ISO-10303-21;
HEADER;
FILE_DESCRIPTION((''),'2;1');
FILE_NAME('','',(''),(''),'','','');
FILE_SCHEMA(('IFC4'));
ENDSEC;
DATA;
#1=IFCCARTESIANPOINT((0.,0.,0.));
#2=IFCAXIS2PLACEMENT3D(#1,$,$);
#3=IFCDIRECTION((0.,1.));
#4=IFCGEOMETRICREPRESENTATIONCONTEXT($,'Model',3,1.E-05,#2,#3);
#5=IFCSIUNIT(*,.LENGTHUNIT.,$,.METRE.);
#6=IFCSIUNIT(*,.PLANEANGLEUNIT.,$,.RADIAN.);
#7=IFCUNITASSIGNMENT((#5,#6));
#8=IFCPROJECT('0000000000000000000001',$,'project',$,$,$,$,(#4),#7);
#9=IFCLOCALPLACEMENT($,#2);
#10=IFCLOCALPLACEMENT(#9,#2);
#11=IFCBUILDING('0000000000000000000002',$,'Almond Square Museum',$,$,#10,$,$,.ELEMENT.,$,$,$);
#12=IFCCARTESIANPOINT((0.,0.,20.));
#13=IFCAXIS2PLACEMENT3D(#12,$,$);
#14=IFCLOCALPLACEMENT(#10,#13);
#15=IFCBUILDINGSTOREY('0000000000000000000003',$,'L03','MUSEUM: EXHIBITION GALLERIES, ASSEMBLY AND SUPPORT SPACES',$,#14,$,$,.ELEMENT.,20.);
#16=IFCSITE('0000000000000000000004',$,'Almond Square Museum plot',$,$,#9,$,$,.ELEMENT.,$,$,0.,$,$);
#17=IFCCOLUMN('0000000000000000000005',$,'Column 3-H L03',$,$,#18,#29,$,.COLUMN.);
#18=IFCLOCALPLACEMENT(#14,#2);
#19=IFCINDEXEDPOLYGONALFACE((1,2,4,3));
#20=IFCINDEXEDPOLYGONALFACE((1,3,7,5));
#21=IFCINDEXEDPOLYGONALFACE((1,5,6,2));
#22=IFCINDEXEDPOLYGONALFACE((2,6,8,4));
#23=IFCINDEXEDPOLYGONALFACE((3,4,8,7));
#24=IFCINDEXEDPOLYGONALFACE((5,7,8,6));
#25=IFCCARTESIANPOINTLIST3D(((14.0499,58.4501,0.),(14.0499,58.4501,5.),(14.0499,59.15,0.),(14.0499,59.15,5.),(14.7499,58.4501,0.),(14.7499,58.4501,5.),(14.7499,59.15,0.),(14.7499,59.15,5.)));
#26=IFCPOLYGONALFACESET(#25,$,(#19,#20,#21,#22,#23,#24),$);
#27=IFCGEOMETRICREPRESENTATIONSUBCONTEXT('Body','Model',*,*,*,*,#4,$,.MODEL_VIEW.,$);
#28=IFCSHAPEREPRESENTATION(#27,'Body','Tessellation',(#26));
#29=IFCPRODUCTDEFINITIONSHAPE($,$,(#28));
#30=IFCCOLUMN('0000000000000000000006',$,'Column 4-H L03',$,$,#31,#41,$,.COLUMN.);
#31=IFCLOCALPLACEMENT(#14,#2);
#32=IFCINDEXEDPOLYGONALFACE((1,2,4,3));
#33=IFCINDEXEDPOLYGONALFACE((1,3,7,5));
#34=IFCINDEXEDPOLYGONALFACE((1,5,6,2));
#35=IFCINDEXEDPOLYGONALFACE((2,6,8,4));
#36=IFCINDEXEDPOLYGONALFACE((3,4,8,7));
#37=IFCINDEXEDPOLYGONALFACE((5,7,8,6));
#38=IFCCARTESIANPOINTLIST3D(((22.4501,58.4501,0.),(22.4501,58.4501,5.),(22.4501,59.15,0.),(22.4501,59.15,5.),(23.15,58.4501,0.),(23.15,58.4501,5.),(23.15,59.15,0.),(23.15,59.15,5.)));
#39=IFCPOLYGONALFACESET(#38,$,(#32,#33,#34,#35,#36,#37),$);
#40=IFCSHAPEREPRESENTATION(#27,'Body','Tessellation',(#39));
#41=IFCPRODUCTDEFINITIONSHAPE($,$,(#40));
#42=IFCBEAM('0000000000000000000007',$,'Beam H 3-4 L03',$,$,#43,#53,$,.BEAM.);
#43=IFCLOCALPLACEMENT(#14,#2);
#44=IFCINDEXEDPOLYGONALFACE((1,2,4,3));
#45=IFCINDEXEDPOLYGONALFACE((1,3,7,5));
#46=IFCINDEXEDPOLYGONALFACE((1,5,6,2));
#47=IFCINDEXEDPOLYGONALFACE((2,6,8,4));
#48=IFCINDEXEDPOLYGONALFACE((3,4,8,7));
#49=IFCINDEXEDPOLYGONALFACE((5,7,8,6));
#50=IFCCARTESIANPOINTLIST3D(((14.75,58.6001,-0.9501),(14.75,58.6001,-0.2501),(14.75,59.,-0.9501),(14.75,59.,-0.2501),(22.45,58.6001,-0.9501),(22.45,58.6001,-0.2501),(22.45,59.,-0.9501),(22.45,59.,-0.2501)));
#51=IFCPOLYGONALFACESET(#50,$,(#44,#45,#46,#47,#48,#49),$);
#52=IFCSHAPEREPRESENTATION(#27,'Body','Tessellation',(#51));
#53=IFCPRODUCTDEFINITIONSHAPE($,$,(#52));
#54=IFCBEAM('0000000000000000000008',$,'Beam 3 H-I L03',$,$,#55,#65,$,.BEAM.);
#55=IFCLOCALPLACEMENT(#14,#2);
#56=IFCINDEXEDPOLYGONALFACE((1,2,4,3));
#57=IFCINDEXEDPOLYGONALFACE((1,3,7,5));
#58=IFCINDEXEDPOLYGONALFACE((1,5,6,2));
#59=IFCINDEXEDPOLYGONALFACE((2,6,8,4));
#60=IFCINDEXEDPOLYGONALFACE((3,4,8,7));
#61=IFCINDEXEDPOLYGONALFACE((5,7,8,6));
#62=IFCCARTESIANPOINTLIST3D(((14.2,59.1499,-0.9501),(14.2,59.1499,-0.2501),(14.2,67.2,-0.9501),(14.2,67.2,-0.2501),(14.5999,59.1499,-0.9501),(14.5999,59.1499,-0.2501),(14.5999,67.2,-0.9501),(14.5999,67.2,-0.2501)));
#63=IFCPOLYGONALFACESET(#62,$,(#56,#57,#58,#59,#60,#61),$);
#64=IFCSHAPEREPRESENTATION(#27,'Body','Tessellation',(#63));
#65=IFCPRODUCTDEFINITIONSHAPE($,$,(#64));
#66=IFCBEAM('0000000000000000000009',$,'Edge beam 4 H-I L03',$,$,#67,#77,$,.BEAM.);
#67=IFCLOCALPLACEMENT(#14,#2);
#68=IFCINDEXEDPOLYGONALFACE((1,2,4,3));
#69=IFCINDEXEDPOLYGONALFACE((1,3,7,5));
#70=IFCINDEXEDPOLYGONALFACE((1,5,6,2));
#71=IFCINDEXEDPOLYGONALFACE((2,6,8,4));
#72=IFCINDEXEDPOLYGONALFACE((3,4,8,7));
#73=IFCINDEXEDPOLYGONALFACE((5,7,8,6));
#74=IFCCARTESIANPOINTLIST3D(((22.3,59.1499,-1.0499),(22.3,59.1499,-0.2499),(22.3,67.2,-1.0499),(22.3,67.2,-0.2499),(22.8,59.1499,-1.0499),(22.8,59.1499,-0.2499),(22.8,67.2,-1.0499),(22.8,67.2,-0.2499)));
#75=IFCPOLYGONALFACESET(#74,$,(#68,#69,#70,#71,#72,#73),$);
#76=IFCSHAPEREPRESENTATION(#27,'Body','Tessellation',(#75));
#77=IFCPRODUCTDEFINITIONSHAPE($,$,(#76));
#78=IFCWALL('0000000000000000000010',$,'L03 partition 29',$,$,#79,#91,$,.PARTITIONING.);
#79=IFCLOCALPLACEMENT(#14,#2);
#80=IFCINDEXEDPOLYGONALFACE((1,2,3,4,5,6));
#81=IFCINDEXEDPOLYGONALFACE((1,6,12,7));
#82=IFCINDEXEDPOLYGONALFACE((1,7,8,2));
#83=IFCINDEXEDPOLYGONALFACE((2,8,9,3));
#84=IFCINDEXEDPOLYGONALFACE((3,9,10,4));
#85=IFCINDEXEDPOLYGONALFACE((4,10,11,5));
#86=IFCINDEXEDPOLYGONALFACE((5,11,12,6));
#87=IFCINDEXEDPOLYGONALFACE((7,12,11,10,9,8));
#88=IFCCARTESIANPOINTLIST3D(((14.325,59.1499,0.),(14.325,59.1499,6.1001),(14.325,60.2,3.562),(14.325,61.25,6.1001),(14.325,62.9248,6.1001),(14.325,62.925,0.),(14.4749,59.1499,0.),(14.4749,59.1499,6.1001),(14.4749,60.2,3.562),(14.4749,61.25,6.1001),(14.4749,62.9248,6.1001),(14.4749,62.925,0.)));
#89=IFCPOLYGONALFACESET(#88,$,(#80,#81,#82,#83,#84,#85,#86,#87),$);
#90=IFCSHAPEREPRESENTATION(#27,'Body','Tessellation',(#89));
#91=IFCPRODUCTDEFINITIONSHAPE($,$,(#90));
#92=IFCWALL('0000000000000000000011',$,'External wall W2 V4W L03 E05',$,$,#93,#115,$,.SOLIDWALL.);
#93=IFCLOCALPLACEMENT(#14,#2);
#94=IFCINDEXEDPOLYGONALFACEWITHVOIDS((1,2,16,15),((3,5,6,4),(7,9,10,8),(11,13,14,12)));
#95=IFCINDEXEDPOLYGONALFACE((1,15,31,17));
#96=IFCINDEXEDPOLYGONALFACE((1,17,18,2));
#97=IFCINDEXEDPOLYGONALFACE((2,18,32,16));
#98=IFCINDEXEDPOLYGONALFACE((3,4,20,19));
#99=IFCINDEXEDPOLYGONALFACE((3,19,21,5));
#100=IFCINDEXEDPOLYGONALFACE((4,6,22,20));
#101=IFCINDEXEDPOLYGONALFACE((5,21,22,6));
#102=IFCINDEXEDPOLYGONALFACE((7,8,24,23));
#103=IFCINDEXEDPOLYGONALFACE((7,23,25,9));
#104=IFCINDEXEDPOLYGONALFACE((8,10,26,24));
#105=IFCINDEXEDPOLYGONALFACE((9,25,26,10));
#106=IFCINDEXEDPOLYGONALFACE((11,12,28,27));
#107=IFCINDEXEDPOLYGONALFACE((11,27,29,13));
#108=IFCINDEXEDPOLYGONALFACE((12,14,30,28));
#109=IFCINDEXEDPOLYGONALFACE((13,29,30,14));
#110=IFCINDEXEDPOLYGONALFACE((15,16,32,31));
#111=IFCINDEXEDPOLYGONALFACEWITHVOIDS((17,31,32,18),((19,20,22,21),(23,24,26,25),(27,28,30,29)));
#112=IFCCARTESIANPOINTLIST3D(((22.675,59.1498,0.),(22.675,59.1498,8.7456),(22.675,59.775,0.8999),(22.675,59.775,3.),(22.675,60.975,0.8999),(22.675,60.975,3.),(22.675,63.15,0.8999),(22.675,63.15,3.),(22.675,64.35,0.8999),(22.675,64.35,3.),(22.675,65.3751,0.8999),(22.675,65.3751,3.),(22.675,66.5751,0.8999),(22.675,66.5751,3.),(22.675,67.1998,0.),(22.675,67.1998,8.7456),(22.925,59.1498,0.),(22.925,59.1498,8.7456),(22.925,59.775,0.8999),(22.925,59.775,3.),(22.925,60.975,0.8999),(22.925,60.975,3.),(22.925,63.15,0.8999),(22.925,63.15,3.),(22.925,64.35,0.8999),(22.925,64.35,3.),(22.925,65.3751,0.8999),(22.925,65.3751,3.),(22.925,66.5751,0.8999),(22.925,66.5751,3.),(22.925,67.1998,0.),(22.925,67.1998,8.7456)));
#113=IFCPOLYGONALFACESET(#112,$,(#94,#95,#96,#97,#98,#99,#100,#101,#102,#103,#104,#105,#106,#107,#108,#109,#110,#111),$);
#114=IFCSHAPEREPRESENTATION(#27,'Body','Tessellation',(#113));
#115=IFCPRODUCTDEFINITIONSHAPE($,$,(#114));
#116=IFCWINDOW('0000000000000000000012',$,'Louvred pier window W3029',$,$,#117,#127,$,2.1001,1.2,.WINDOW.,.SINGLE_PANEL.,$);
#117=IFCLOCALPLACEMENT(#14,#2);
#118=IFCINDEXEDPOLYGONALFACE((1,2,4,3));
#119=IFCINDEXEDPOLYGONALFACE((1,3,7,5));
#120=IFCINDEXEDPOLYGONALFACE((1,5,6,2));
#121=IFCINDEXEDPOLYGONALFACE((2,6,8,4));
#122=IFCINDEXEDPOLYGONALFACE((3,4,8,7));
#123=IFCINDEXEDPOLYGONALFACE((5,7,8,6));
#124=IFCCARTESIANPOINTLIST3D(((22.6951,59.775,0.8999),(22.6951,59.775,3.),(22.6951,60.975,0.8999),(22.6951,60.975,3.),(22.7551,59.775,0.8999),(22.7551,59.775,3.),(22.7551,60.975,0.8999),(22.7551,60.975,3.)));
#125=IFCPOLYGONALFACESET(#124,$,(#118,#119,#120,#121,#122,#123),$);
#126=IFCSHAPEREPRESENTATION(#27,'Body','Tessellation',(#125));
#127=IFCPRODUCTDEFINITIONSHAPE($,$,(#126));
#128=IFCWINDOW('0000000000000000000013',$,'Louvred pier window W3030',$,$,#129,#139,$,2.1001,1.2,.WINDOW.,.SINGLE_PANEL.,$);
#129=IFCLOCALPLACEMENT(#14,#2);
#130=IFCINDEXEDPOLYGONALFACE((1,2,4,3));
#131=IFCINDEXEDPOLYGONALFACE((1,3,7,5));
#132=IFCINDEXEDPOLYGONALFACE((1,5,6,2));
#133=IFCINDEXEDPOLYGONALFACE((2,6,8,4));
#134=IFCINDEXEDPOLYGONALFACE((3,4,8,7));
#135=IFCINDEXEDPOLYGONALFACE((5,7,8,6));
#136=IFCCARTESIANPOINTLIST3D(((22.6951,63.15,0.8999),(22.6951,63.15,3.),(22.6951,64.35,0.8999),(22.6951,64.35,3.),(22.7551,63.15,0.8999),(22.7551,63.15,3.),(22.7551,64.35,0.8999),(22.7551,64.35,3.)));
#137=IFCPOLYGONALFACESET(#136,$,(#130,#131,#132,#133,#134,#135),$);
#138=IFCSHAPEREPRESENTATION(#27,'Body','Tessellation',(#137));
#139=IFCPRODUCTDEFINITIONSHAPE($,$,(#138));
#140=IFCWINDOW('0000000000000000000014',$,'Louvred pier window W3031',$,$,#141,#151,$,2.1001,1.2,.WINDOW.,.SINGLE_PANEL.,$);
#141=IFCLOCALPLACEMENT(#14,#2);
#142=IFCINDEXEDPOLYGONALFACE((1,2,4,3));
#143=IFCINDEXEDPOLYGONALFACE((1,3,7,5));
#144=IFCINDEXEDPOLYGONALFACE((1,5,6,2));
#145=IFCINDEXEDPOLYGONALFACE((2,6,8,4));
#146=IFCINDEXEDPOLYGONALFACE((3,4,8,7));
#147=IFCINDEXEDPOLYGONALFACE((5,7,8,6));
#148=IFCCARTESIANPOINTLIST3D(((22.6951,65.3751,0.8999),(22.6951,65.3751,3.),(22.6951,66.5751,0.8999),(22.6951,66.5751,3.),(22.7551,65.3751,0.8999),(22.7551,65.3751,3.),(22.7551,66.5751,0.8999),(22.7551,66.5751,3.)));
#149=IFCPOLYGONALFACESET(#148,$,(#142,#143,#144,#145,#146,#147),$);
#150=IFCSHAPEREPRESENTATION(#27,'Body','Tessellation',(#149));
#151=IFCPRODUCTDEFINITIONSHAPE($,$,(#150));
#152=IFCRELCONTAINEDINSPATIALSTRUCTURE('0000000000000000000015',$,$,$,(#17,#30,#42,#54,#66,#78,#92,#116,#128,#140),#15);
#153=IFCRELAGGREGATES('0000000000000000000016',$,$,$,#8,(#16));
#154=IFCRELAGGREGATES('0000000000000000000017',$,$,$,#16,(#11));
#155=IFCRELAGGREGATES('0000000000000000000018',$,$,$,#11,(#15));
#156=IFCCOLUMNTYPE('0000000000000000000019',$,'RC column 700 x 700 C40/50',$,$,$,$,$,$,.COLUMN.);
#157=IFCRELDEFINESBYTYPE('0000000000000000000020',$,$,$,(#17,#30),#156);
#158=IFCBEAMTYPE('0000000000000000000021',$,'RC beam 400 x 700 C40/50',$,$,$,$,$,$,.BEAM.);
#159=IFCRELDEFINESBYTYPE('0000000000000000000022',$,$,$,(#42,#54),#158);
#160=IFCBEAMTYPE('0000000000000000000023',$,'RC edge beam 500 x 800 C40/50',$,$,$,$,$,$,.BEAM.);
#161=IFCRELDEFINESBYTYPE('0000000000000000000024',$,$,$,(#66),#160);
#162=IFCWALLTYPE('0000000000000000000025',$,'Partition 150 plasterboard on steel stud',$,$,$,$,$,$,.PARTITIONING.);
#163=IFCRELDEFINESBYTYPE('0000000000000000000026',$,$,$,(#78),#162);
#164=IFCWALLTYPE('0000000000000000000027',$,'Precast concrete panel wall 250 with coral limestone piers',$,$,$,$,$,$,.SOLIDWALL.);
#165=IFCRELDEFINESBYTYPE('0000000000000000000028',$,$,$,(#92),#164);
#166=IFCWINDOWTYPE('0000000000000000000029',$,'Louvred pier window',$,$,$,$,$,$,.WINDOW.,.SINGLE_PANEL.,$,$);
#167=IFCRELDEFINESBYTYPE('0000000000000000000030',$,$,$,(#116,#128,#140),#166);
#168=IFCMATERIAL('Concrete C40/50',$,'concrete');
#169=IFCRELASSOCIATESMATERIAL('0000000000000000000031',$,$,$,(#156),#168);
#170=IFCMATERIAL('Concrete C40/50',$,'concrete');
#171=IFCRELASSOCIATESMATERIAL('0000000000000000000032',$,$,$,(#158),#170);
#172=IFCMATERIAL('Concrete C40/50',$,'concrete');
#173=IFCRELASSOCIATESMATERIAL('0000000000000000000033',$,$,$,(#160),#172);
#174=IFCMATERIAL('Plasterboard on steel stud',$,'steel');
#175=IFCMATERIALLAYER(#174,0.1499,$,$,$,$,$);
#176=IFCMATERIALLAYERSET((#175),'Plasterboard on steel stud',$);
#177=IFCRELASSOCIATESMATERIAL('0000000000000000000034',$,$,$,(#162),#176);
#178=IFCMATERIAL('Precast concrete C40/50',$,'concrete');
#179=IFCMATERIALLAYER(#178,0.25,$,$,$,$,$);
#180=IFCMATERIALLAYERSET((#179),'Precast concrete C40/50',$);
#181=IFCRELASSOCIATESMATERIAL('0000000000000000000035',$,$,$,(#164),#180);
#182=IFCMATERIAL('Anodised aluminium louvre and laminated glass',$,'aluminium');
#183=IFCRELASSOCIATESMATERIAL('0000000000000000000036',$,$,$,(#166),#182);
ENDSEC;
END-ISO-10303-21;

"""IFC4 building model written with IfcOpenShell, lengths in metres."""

from ifc_helpers import new_model, si_unit, direction, frame, frame_2d, origin, origin_2d, place, context, subcontext, project, spatial, polyline, rectangle, outline, extrude, material, layer, layer_set, material_profile, profile_set, type_object, element, fill, save


model = new_model("IFC4")

# Units and contexts
model_context = context("Model", 3, precision=1e-05, world=origin(), true_north=direction((0.0, 1.0)))
body_context = subcontext(model_context, "Body", "Model", "MODEL_VIEW")
ifc_project = project(units=[si_unit("LENGTHUNIT", "METRE"), si_unit("PLANEANGLEUNIT", "RADIAN")], contexts=[model_context])

# Site, building, storey
site_placement = place(None, origin())
site = spatial("IfcSite", under=ifc_project, at=site_placement, Name="Almond Square Museum plot", CompositionType="ELEMENT", RefElevation=0.0)
building_placement = place(site_placement, origin())
building = spatial("IfcBuilding", under=site, at=building_placement, Name="Almond Square Museum", CompositionType="ELEMENT")
storey_placement = place(building_placement, frame((0.0, 0.0, 20.0)))
storey = spatial("IfcBuildingStorey", under=building, at=storey_placement, Name="L03", Description="MUSEUM: EXHIBITION GALLERIES, ASSEMBLY AND SUPPORT SPACES", CompositionType="ELEMENT", Elevation=20.0)

# Columns
ifc_material_1 = material(Name="Concrete C40/50", Category="concrete")
ifc_material_profile_1 = material_profile(ifc_material_1, rectangle(XDim=0.7, YDim=0.7, at=origin_2d()))
ifc_profile_set_1 = profile_set([ifc_material_profile_1], Name="Concrete C40/50")
column_type = type_object("IfcColumnType", Name="RC column 700 x 700 C40/50", PredefinedType="COLUMN", material=ifc_profile_set_1)
for number, where, z_axis, x_axis, name in (
    (1, (14.3999, 58.8, 0.0), (0.0, 0.0, 1.0), (1.0, 0.0, 0.0), "Column 3-H L03"),
    (2, (22.8, 58.8, 0.0), (0.0, 0.0, 1.0), (1.0, 0.0, 0.0), "Column 4-H L03"),
):
    element("IfcColumn", number, at=place(storey_placement, frame(where, z_axis=z_axis, x_axis=x_axis)), inside=storey, type_object=column_type, Name=name, PredefinedType="COLUMN", context=body_context, shape_type="SweptSolid", body=[
        extrude(rectangle(XDim=0.7, YDim=0.7, at=origin_2d()), origin(), (0.0, 0.0, 1.0), 5.0),
    ])

# Beams
ifc_material_2 = material(Name="Concrete C40/50", Category="concrete")
ifc_material_profile_2 = material_profile(ifc_material_2, rectangle(XDim=0.3999, YDim=0.7, at=origin_2d()))
ifc_profile_set_2 = profile_set([ifc_material_profile_2], Name="Concrete C40/50")
beam_type_1 = type_object("IfcBeamType", Name="RC beam 400 x 700 C40/50", PredefinedType="BEAM", material=ifc_profile_set_2)
beam_1_placement = place(storey_placement, frame((14.75, 58.8, -0.6001), z_axis=(1.0, 0.0, 0.0), x_axis=(0.0, 1.0, 0.0)))
element("IfcBeam", 3, at=beam_1_placement, inside=storey, type_object=beam_type_1, Name="Beam H 3-4 L03", PredefinedType="BEAM", context=body_context, shape_type="SweptSolid", body=[
    extrude(rectangle(XDim=0.3999, YDim=0.7, at=origin_2d()), origin(), (0.0, 0.0, 1.0), 7.7),
])
beam_2_placement = place(storey_placement, frame((14.3999, 59.1499, -0.6001), z_axis=(0.0, 1.0, 0.0), x_axis=(-1.0, 0.0, 0.0)))
element("IfcBeam", 4, at=beam_2_placement, inside=storey, type_object=beam_type_1, Name="Beam 3 H-I L03", PredefinedType="BEAM", context=body_context, shape_type="SweptSolid", body=[
    extrude(rectangle(XDim=0.3999, YDim=0.7, at=origin_2d()), origin(), (0.0, 0.0, 1.0), 8.05),
])
ifc_material_3 = material(Name="Concrete C40/50", Category="concrete")
ifc_material_profile_3 = material_profile(ifc_material_3, rectangle(XDim=0.5, YDim=0.8, at=origin_2d()))
ifc_profile_set_3 = profile_set([ifc_material_profile_3], Name="Concrete C40/50")
beam_type_2 = type_object("IfcBeamType", Name="RC edge beam 500 x 800 C40/50", PredefinedType="BEAM", material=ifc_profile_set_3)
beam_3_placement = place(storey_placement, frame((22.55, 59.1499, -0.6499), z_axis=(0.0, 1.0, 0.0), x_axis=(-1.0, 0.0, 0.0)))
element("IfcBeam", 5, at=beam_3_placement, inside=storey, type_object=beam_type_2, Name="Edge beam 4 H-I L03", PredefinedType="BEAM", context=body_context, shape_type="SweptSolid", body=[
    extrude(rectangle(XDim=0.5, YDim=0.8, at=origin_2d()), origin(), (0.0, 0.0, 1.0), 8.05),
])

# Wall
ifc_material_4 = material(Name="Plasterboard on steel stud", Category="steel")
ifc_layer_1 = layer(ifc_material_4, 0.1499)
ifc_layer_set_1 = layer_set([ifc_layer_1], Name="Plasterboard on steel stud")
wall_type_1 = type_object("IfcWallType", Name="Partition 150 plasterboard on steel stud", PredefinedType="PARTITIONING", material=ifc_layer_set_1)
wall_1_placement = place(storey_placement, frame((14.3999, 59.1499, 0.0), z_axis=(0.0, 0.0, 1.0), x_axis=(0.0, 1.0, 0.0)))
element("IfcWall", 6, at=wall_1_placement, inside=storey, type_object=wall_type_1, Name="L03 partition 29", PredefinedType="PARTITIONING", context=body_context, shape_type="SweptSolid", body=[
    extrude(outline(polyline([(0.0, 0.0), (3.7751, 0.0), (3.7749, 6.1001), (2.1001, 6.1001), (1.05, 3.562), (0.0, 6.1001), (0.0, 0.0)])), frame((0.0, 0.075, 0.0), z_axis=(0.0, -1.0, 0.0), x_axis=(1.0, 0.0, 0.0)), (0.0, 0.0, 1.0), 0.1499),
])

# Wall, openings, windows
ifc_material_5 = material(Name="Precast concrete C40/50", Category="concrete")
ifc_layer_2 = layer(ifc_material_5, 0.25)
ifc_layer_set_2 = layer_set([ifc_layer_2], Name="Precast concrete C40/50")
wall_type_2 = type_object("IfcWallType", Name="Precast concrete panel wall 250 with coral limestone piers", PredefinedType="SOLIDWALL", material=ifc_layer_set_2)
wall_2_placement = place(storey_placement, frame((22.8, 59.1499, 0.0), z_axis=(0.0, 0.0, 1.0), x_axis=(0.0, 1.0, 0.0)))
wall_2 = element("IfcWall", 7, at=wall_2_placement, inside=storey, type_object=wall_type_2, Name="External wall W2 V4W L03 E05", PredefinedType="SOLIDWALL", context=body_context, shape_type="SweptSolid", body=[
    extrude(rectangle(XDim=8.05, YDim=0.25, at=frame_2d((4.0249, 0.0))), origin(), (0.0, 0.0, 1.0), 8.7456),
])
opening_1_placement = place(wall_2_placement, frame((0.625, 0.0, 0.8999)))
opening_1 = element("IfcOpeningElement", 8, at=opening_1_placement, cuts=wall_2, PredefinedType="OPENING", context=body_context, shape_type="SweptSolid", body=[
    extrude(rectangle(XDim=1.2, YDim=2.1001, at=frame_2d((0.6001, 1.05))), frame((0.0, 0.135, 0.0), z_axis=(0.0, -1.0, 0.0), x_axis=(1.0, 0.0, 0.0)), (0.0, 0.0, 1.0), 0.27),
])
opening_2_placement = place(wall_2_placement, frame((4.0, 0.0, 0.8999)))
opening_2 = element("IfcOpeningElement", 9, at=opening_2_placement, cuts=wall_2, PredefinedType="OPENING", context=body_context, shape_type="SweptSolid", body=[
    extrude(rectangle(XDim=1.2, YDim=2.1001, at=frame_2d((0.6001, 1.05))), frame((0.0, 0.135, 0.0), z_axis=(0.0, -1.0, 0.0), x_axis=(1.0, 0.0, 0.0)), (0.0, 0.0, 1.0), 0.27),
])
opening_3_placement = place(wall_2_placement, frame((6.2251, 0.0, 0.8999)))
opening_3 = element("IfcOpeningElement", 10, at=opening_3_placement, cuts=wall_2, PredefinedType="OPENING", context=body_context, shape_type="SweptSolid", body=[
    extrude(rectangle(XDim=1.2, YDim=2.1001, at=frame_2d((0.6001, 1.05))), frame((0.0, 0.135, 0.0), z_axis=(0.0, -1.0, 0.0), x_axis=(1.0, 0.0, 0.0)), (0.0, 0.0, 1.0), 0.27),
])
ifc_material_6 = material(Name="Anodised aluminium louvre and laminated glass", Category="aluminium")
window_type = type_object("IfcWindowType", Name="Louvred pier window", PartitioningType="SINGLE_PANEL", PredefinedType="WINDOW", material=ifc_material_6)
window_1_placement = place(opening_1_placement, origin())
window_1 = element("IfcWindow", 11, at=window_1_placement, inside=storey, type_object=window_type, Name="Louvred pier window W3029", OverallHeight=2.1001, OverallWidth=1.2, PartitioningType="SINGLE_PANEL", PredefinedType="WINDOW", context=body_context, shape_type="SweptSolid", body=[
    extrude(rectangle(XDim=1.2, YDim=2.1001, at=frame_2d((0.6001, 1.05))), frame((0.0, 0.105, 0.0), z_axis=(0.0, -1.0, 0.0), x_axis=(1.0, 0.0, 0.0)), (0.0, 0.0, 1.0), 0.0601),
])
fill(opening_1, window_1)
window_2_placement = place(opening_2_placement, origin())
window_2 = element("IfcWindow", 12, at=window_2_placement, inside=storey, type_object=window_type, Name="Louvred pier window W3030", OverallHeight=2.1001, OverallWidth=1.2, PartitioningType="SINGLE_PANEL", PredefinedType="WINDOW", context=body_context, shape_type="SweptSolid", body=[
    extrude(rectangle(XDim=1.2, YDim=2.1001, at=frame_2d((0.6001, 1.05))), frame((0.0, 0.105, 0.0), z_axis=(0.0, -1.0, 0.0), x_axis=(1.0, 0.0, 0.0)), (0.0, 0.0, 1.0), 0.0601),
])
fill(opening_2, window_2)
window_3_placement = place(opening_3_placement, origin())
window_3 = element("IfcWindow", 13, at=window_3_placement, inside=storey, type_object=window_type, Name="Louvred pier window W3031", OverallHeight=2.1001, OverallWidth=1.2, PartitioningType="SINGLE_PANEL", PredefinedType="WINDOW", context=body_context, shape_type="SweptSolid", body=[
    extrude(rectangle(XDim=1.2, YDim=2.1001, at=frame_2d((0.6001, 1.05))), frame((0.0, 0.105, 0.0), z_axis=(0.0, -1.0, 0.0), x_axis=(1.0, 0.0, 0.0)), (0.0, 0.0, 1.0), 0.0601),
])
fill(opening_3, window_3)

save(model, "model.ifc")
